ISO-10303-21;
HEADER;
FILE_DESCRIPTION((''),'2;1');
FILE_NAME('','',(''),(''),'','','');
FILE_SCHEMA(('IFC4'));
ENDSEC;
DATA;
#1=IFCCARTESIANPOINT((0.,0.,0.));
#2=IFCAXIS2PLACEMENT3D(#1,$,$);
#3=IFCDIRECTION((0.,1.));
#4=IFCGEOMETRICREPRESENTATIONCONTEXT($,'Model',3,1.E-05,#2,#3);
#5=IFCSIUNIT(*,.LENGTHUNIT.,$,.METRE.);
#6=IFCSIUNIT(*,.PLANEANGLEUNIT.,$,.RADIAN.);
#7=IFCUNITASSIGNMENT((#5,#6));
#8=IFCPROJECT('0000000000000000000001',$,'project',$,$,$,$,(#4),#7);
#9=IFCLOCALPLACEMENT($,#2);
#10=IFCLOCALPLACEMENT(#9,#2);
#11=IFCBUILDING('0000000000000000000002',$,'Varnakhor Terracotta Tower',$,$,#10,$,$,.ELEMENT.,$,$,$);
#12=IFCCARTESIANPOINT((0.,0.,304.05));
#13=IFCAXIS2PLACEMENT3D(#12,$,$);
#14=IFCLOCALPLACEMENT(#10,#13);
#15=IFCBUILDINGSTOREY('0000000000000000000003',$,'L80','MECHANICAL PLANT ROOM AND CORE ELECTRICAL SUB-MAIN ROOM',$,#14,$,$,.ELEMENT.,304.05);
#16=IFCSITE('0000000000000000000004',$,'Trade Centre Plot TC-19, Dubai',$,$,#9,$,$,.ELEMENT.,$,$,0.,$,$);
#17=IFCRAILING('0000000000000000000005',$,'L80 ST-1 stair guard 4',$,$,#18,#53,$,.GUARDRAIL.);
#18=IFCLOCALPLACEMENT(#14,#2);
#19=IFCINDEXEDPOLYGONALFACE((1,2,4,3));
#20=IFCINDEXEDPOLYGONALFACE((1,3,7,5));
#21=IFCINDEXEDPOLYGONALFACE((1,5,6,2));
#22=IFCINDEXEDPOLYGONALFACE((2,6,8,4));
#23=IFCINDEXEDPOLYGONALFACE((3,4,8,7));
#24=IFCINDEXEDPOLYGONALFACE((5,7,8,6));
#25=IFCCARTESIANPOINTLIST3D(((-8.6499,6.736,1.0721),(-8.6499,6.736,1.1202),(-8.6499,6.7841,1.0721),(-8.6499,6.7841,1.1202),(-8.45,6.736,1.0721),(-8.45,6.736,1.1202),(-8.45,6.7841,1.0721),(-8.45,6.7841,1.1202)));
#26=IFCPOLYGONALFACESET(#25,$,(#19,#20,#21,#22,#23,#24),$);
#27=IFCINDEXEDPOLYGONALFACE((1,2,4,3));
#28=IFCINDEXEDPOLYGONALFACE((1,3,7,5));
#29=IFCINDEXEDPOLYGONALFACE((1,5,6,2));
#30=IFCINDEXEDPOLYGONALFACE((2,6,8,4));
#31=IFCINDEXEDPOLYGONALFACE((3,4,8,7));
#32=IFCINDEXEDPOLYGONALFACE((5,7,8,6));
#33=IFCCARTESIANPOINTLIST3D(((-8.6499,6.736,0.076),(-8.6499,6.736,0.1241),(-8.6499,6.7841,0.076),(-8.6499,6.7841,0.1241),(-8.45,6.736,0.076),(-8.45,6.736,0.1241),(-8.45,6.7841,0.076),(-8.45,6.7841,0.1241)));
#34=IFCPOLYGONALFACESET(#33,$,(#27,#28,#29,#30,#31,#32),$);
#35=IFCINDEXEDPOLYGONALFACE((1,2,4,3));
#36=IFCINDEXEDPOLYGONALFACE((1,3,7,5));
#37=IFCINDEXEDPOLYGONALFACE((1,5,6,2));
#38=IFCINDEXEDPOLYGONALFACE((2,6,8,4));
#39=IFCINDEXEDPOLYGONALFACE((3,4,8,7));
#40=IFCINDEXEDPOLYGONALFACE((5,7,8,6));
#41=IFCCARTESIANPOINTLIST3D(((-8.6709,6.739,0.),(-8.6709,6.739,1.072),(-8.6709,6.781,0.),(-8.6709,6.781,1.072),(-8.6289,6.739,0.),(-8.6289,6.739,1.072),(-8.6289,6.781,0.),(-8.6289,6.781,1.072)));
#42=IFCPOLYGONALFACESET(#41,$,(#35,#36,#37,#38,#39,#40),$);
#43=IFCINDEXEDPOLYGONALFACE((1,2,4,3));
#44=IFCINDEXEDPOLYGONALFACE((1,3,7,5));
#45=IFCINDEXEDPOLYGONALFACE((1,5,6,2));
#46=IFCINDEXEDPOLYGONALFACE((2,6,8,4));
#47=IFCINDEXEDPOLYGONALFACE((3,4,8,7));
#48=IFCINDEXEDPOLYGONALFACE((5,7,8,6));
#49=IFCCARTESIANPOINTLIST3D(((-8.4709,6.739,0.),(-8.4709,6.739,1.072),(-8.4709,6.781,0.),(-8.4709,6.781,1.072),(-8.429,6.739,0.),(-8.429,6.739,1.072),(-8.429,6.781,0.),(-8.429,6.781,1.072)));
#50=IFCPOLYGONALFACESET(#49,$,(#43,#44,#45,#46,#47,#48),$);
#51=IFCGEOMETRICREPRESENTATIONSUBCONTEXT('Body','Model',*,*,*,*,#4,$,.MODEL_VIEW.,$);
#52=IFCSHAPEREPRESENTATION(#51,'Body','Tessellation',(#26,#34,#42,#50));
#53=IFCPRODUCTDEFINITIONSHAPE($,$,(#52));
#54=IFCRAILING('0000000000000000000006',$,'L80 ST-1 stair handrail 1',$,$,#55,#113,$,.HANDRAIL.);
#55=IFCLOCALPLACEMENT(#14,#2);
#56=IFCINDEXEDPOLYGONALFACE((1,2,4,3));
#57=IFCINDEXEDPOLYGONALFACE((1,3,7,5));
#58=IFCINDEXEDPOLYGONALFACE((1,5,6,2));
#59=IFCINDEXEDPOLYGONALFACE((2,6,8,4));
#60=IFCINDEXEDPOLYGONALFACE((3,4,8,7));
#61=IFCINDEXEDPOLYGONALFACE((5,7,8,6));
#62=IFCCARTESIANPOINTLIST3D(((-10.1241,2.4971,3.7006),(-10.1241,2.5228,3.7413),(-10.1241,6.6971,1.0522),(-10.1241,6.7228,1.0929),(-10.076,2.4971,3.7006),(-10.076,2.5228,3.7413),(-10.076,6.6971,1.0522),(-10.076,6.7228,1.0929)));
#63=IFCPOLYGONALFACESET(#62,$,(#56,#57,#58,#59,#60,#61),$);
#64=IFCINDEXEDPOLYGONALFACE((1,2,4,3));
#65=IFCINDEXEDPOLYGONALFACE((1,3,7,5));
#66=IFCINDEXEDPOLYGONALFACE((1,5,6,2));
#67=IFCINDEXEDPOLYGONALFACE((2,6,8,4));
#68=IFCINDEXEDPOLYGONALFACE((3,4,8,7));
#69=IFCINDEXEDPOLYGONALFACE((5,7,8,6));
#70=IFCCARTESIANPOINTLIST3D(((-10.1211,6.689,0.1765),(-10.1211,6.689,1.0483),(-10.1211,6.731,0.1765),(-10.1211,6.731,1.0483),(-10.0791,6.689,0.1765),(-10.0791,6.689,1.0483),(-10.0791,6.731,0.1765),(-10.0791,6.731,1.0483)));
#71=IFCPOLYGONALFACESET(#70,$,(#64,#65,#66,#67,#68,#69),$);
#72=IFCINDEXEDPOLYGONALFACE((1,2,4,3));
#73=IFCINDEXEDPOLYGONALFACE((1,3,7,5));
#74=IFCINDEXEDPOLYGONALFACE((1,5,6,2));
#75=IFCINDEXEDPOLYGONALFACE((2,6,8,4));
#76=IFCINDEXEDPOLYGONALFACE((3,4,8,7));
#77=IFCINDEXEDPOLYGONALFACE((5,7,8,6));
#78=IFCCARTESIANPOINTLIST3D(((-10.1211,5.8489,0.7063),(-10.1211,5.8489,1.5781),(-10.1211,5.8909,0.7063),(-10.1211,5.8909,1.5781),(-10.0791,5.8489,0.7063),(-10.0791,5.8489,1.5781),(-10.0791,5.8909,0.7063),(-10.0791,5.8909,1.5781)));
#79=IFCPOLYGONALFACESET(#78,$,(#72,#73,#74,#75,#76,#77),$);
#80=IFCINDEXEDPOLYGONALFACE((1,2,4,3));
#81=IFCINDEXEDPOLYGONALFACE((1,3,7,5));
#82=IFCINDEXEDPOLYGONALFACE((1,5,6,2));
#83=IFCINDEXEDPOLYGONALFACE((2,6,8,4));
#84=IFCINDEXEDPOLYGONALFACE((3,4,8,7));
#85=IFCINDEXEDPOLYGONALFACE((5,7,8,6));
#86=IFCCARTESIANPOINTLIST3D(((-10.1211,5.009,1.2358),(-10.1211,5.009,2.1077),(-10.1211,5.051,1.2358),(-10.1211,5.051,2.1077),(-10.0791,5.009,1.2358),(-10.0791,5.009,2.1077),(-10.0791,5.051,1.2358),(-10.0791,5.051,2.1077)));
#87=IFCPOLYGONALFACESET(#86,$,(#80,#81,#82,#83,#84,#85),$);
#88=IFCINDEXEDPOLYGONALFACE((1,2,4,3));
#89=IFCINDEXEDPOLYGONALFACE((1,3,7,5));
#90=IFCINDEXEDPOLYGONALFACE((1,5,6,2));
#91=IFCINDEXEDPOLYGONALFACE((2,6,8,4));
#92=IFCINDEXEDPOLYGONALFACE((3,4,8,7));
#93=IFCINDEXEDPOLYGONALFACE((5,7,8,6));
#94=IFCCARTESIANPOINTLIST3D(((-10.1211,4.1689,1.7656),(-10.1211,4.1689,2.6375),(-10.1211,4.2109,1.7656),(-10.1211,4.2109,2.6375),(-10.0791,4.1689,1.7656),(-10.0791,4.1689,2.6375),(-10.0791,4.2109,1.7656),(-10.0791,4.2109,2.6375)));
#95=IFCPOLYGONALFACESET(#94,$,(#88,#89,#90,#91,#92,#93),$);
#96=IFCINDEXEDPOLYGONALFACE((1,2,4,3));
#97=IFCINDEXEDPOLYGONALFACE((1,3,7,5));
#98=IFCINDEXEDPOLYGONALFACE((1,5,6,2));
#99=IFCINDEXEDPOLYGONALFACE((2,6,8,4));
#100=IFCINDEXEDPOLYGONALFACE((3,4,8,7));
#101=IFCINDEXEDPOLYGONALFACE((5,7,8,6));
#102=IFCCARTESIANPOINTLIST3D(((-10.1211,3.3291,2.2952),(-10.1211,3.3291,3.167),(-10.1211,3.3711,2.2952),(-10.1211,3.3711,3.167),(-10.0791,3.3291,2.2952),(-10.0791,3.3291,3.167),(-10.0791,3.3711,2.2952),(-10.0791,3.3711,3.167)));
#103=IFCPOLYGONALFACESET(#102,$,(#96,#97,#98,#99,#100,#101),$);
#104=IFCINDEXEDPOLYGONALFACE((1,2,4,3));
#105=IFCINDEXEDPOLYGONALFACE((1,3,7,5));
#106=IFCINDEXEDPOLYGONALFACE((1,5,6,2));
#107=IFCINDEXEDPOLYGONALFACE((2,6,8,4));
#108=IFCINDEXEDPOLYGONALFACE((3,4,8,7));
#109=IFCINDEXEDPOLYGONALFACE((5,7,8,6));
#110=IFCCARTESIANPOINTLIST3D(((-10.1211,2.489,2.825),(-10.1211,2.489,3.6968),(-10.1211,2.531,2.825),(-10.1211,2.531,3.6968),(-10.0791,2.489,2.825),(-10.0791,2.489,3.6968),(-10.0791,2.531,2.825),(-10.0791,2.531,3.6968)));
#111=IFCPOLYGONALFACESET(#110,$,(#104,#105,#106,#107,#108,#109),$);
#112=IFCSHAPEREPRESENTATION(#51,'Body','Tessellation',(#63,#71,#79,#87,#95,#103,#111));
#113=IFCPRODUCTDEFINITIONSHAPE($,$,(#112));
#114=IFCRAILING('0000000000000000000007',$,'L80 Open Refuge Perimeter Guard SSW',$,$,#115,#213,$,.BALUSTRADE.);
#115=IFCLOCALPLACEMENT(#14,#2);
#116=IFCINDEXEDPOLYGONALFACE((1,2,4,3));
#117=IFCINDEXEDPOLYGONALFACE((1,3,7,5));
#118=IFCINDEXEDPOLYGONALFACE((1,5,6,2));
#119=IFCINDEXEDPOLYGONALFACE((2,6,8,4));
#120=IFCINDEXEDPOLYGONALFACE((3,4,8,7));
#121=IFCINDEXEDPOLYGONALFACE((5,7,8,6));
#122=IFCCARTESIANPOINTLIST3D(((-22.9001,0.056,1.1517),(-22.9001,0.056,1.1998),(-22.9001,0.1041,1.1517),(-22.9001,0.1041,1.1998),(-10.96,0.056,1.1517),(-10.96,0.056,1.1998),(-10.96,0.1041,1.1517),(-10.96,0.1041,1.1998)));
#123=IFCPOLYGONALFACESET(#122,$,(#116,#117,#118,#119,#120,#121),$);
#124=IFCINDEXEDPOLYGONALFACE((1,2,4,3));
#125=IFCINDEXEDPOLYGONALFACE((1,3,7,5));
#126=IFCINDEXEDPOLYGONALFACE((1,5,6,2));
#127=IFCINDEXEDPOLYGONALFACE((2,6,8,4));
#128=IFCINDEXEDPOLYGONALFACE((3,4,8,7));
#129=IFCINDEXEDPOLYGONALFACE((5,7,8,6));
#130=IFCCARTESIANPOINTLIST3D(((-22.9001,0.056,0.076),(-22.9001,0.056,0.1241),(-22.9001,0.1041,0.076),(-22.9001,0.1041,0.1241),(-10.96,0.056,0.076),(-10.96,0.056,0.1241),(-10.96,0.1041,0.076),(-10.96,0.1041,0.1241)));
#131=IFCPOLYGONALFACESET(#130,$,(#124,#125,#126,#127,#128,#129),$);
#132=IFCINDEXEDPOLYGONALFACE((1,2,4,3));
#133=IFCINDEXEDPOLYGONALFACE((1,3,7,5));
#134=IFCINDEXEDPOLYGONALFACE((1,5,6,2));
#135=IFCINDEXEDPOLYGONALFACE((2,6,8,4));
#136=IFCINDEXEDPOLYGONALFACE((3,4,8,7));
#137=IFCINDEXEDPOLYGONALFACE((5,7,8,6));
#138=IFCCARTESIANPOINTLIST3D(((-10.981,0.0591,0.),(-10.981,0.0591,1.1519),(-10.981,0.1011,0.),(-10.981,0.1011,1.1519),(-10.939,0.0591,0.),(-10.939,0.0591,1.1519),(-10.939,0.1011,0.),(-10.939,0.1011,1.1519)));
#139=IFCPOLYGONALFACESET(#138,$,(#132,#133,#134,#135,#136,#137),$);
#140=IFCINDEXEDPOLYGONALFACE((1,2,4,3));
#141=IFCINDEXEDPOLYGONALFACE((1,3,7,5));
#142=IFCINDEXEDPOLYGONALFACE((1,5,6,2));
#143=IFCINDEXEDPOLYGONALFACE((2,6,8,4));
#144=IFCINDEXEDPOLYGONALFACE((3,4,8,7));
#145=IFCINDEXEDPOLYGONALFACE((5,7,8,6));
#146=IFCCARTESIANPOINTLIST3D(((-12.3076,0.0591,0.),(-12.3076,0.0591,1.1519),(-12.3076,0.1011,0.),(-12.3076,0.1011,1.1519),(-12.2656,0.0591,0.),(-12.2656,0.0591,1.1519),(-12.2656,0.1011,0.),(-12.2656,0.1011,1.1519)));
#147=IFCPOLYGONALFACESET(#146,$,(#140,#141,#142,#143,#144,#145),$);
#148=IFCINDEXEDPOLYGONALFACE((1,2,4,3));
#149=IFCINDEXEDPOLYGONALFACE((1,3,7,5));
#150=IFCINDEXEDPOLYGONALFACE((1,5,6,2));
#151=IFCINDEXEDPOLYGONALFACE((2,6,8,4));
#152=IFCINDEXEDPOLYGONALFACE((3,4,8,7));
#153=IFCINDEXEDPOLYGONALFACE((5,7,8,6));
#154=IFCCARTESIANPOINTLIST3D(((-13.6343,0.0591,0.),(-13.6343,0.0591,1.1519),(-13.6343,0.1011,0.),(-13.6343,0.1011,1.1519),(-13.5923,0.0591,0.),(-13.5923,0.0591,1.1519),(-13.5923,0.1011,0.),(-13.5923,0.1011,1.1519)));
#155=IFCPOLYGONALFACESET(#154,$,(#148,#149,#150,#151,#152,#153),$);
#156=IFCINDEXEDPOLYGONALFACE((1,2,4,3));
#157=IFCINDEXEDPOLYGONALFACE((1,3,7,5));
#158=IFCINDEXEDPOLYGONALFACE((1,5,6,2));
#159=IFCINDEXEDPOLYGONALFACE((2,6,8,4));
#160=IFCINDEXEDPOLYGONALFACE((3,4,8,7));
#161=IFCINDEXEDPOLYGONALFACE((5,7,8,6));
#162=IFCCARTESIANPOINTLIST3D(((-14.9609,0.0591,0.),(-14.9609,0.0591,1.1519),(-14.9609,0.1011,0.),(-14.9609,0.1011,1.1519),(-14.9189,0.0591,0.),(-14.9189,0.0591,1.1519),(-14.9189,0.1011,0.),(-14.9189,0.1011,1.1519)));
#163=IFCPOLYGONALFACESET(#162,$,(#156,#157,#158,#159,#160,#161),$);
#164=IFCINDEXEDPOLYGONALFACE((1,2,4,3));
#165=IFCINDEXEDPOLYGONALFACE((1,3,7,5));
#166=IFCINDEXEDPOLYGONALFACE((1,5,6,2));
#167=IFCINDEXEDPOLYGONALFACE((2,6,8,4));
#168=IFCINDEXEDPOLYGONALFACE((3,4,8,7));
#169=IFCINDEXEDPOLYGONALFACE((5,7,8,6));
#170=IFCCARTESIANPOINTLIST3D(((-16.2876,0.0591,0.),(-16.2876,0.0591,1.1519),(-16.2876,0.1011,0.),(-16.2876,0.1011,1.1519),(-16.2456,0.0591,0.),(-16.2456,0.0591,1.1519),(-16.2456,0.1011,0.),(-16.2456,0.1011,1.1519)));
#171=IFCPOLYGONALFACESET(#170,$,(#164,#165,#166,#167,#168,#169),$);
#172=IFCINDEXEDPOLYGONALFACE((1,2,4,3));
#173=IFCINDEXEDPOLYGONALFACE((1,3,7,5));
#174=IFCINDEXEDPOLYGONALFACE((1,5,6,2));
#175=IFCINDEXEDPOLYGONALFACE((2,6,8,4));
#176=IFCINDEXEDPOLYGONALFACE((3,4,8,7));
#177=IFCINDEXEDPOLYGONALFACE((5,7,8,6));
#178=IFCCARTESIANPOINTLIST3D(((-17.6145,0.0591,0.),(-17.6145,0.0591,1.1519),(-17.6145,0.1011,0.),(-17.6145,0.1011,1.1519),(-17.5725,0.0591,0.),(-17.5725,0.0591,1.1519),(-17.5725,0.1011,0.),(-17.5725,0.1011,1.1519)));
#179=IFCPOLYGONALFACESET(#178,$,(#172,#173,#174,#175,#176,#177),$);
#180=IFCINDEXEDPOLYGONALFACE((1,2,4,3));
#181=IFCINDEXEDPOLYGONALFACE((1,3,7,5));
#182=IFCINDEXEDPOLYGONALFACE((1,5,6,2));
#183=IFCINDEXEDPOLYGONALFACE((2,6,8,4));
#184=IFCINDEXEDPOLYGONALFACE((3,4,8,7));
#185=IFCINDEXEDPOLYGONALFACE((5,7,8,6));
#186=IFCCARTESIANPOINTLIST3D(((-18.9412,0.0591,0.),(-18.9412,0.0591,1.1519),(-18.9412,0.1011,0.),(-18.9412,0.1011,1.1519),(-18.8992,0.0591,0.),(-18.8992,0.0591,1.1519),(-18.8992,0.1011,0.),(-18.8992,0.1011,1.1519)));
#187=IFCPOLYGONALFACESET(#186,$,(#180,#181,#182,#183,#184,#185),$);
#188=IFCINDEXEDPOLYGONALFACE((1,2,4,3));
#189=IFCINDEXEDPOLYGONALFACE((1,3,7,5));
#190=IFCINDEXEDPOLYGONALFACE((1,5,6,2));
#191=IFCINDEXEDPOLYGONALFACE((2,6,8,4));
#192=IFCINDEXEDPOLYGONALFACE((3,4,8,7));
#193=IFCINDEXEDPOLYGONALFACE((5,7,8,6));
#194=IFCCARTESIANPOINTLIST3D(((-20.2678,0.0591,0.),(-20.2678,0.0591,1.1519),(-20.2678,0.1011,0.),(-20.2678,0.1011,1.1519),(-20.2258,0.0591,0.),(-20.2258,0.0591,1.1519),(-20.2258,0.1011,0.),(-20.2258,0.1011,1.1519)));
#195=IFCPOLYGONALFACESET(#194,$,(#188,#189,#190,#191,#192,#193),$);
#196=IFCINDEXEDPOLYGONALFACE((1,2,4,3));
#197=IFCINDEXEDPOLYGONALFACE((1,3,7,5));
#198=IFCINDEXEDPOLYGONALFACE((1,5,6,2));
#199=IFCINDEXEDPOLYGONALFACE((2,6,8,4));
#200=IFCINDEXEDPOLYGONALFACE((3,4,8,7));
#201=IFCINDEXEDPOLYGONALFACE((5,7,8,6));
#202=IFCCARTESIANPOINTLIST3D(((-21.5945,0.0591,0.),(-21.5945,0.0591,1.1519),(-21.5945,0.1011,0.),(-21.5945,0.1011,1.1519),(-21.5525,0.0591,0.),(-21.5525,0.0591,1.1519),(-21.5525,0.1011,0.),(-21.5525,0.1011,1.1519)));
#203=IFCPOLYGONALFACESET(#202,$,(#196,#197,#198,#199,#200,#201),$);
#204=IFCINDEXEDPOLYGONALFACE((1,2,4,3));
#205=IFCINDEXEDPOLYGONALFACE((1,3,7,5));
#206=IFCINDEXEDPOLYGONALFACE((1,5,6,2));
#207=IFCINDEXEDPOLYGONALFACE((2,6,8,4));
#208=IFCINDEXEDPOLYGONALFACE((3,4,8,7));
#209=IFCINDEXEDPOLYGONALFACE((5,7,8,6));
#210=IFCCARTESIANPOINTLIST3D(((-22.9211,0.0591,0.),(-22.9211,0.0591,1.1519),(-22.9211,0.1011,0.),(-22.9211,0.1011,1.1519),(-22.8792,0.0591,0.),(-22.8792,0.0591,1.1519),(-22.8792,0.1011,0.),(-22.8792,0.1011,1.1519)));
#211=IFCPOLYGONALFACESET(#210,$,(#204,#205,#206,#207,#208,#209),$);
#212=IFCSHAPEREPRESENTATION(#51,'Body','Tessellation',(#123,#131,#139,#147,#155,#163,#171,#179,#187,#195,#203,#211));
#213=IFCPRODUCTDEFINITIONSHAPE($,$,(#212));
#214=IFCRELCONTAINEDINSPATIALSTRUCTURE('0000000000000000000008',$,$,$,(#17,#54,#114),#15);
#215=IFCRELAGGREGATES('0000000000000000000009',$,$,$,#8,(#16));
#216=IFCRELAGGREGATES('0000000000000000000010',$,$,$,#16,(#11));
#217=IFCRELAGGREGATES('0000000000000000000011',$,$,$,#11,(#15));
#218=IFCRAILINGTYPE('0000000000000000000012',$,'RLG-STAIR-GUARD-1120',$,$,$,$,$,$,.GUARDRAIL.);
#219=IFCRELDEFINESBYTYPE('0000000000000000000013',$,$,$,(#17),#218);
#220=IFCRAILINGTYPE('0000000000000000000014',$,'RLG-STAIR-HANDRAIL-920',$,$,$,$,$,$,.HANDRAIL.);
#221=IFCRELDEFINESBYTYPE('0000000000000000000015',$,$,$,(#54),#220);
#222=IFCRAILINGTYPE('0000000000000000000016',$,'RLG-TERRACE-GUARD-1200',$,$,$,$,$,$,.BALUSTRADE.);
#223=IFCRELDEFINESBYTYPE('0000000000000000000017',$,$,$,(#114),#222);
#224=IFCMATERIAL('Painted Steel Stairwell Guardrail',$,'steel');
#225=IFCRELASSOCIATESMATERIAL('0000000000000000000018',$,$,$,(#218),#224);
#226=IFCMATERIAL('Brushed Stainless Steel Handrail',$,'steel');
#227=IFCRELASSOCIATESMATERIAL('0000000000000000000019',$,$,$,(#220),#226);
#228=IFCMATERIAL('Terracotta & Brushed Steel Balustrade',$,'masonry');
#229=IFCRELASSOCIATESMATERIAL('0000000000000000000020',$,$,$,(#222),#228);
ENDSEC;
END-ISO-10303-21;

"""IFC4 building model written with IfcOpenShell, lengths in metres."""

from ifc_helpers import new_model, si_unit, direction, frame, origin, origin_2d, place, context, subcontext, project, spatial, rectangle, extrude, material, type_object, element, save


model = new_model("IFC4")

# Units and contexts
model_context = context("Model", 3, precision=1e-05, world=origin(), true_north=direction((0.0, 1.0)))
body_context = subcontext(model_context, "Body", "Model", "MODEL_VIEW")
ifc_project = project(units=[si_unit("LENGTHUNIT", "METRE"), si_unit("PLANEANGLEUNIT", "RADIAN")], contexts=[model_context])

# Site, building, storey
site_placement = place(None, origin())
site = spatial("IfcSite", under=ifc_project, at=site_placement, Name="Trade Centre Plot TC-19, Dubai", CompositionType="ELEMENT", RefElevation=0.0)
building_placement = place(site_placement, origin())
building = spatial("IfcBuilding", under=site, at=building_placement, Name="Varnakhor Terracotta Tower", CompositionType="ELEMENT")
storey_placement = place(building_placement, frame((0.0, 0.0, 304.05)))
storey = spatial("IfcBuildingStorey", under=building, at=storey_placement, Name="L80", Description="MECHANICAL PLANT ROOM AND CORE ELECTRICAL SUB-MAIN ROOM", CompositionType="ELEMENT", Elevation=304.05)

# Railings
ifc_material_1 = material(Name="Painted Steel Stairwell Guardrail", Category="steel")
railing_type_1 = type_object("IfcRailingType", Name="RLG-STAIR-GUARD-1120", PredefinedType="GUARDRAIL", material=ifc_material_1)
for number, where, name in (
    (1, (-8.6499, 6.76, 0.0), "L80 ST-1 stair guard 4"),
):
    element("IfcRailing", number, at=place(storey_placement, frame(where)), inside=storey, type_object=railing_type_1, Name=name, PredefinedType="GUARDRAIL", context=body_context, shape_type="SweptSolid", body=[
        extrude(rectangle(XDim=0.0481, YDim=0.0481, at=origin_2d()), frame((0.0, 0.0, 1.0962), z_axis=(1.0, 0.0, 0.0), x_axis=(0.0, 1.0, 0.0)), (0.0, 0.0, 1.0), 0.2),
        extrude(rectangle(XDim=0.0481, YDim=0.0481, at=origin_2d()), frame((0.0, 0.0, 0.1001), z_axis=(1.0, 0.0, 0.0), x_axis=(0.0, 1.0, 0.0)), (0.0, 0.0, 1.0), 0.2),
        extrude(rectangle(XDim=0.042, YDim=0.042, at=origin_2d()), origin(), (0.0, 0.0, 1.0), 1.072),
        extrude(rectangle(XDim=0.042, YDim=0.042, at=origin_2d()), frame((0.2, 0.0, 0.0)), (0.0, 0.0, 1.0), 1.072),
    ])
ifc_material_2 = material(Name="Brushed Stainless Steel Handrail", Category="steel")
railing_type_2 = type_object("IfcRailingType", Name="RLG-STAIR-HANDRAIL-920", PredefinedType="HANDRAIL", material=ifc_material_2)
railing_1_placement = place(storey_placement, frame((-10.1001, 6.71, 0.1765)))
element("IfcRailing", 2, at=railing_1_placement, inside=storey, type_object=railing_type_2, Name="L80 ST-1 stair handrail 1", PredefinedType="HANDRAIL", context=body_context, shape_type="SweptSolid", body=[
    extrude(rectangle(XDim=0.0481, YDim=0.0481, at=origin_2d()), frame((0.0, 0.0, 0.896), z_axis=(0.0, -0.845867, 0.533393), x_axis=(1.0, 0.0, 0.0)), (0.0, 0.0, 1.0), 4.9653),
    extrude(rectangle(XDim=0.042, YDim=0.042, at=origin_2d()), origin(), (0.0, 0.0, 1.0), 0.8718),
    extrude(rectangle(XDim=0.042, YDim=0.042, at=origin_2d()), frame((0.0, -0.8401, 0.5298)), (0.0, 0.0, 1.0), 0.8718),
    extrude(rectangle(XDim=0.042, YDim=0.042, at=origin_2d()), frame((0.0, -1.6799, 1.0593)), (0.0, 0.0, 1.0), 0.8718),
    extrude(rectangle(XDim=0.042, YDim=0.042, at=origin_2d()), frame((0.0, -2.52, 1.5891)), (0.0, 0.0, 1.0), 0.8718),
    extrude(rectangle(XDim=0.042, YDim=0.042, at=origin_2d()), frame((0.0, -3.3599, 2.1187)), (0.0, 0.0, 1.0), 0.8718),
    extrude(rectangle(XDim=0.042, YDim=0.042, at=origin_2d()), frame((0.0, -4.2, 2.6484)), (0.0, 0.0, 1.0), 0.8718),
])
ifc_material_3 = material(Name="Terracotta & Brushed Steel Balustrade", Category="masonry")
railing_type_3 = type_object("IfcRailingType", Name="RLG-TERRACE-GUARD-1200", PredefinedType="BALUSTRADE", material=ifc_material_3)
railing_2_placement = place(storey_placement, frame((-10.96, 0.0801, 0.0)))
element("IfcRailing", 3, at=railing_2_placement, inside=storey, type_object=railing_type_3, Name="L80 Open Refuge Perimeter Guard SSW", PredefinedType="BALUSTRADE", context=body_context, shape_type="SweptSolid", body=[
    extrude(rectangle(XDim=0.0481, YDim=0.0481, at=origin_2d()), frame((0.0, 0.0, 1.1758), z_axis=(-1.0, 0.0, 0.0), x_axis=(0.0, -1.0, 0.0)), (0.0, 0.0, 1.0), 11.9402),
    extrude(rectangle(XDim=0.0481, YDim=0.0481, at=origin_2d()), frame((0.0, 0.0, 0.1001), z_axis=(-1.0, 0.0, 0.0), x_axis=(0.0, -1.0, 0.0)), (0.0, 0.0, 1.0), 11.9402),
    extrude(rectangle(XDim=0.042, YDim=0.042, at=origin_2d()), origin(), (0.0, 0.0, 1.0), 1.1519),
    extrude(rectangle(XDim=0.042, YDim=0.042, at=origin_2d()), frame((-1.3267, 0.0, 0.0)), (0.0, 0.0, 1.0), 1.1519),
    extrude(rectangle(XDim=0.042, YDim=0.042, at=origin_2d()), frame((-2.6533, 0.0, 0.0)), (0.0, 0.0, 1.0), 1.1519),
    extrude(rectangle(XDim=0.042, YDim=0.042, at=origin_2d()), frame((-3.98, 0.0, 0.0)), (0.0, 0.0, 1.0), 1.1519),
    extrude(rectangle(XDim=0.042, YDim=0.042, at=origin_2d()), frame((-5.3066, 0.0, 0.0)), (0.0, 0.0, 1.0), 1.1519),
    extrude(rectangle(XDim=0.042, YDim=0.042, at=origin_2d()), frame((-6.6335, 0.0, 0.0)), (0.0, 0.0, 1.0), 1.1519),
    extrude(rectangle(XDim=0.042, YDim=0.042, at=origin_2d()), frame((-7.9602, 0.0, 0.0)), (0.0, 0.0, 1.0), 1.1519),
    extrude(rectangle(XDim=0.042, YDim=0.042, at=origin_2d()), frame((-9.2869, 0.0, 0.0)), (0.0, 0.0, 1.0), 1.1519),
    extrude(rectangle(XDim=0.042, YDim=0.042, at=origin_2d()), frame((-10.6135, 0.0, 0.0)), (0.0, 0.0, 1.0), 1.1519),
    extrude(rectangle(XDim=0.042, YDim=0.042, at=origin_2d()), frame((-11.9402, 0.0, 0.0)), (0.0, 0.0, 1.0), 1.1519),
])

save(model, "model.ifc")
